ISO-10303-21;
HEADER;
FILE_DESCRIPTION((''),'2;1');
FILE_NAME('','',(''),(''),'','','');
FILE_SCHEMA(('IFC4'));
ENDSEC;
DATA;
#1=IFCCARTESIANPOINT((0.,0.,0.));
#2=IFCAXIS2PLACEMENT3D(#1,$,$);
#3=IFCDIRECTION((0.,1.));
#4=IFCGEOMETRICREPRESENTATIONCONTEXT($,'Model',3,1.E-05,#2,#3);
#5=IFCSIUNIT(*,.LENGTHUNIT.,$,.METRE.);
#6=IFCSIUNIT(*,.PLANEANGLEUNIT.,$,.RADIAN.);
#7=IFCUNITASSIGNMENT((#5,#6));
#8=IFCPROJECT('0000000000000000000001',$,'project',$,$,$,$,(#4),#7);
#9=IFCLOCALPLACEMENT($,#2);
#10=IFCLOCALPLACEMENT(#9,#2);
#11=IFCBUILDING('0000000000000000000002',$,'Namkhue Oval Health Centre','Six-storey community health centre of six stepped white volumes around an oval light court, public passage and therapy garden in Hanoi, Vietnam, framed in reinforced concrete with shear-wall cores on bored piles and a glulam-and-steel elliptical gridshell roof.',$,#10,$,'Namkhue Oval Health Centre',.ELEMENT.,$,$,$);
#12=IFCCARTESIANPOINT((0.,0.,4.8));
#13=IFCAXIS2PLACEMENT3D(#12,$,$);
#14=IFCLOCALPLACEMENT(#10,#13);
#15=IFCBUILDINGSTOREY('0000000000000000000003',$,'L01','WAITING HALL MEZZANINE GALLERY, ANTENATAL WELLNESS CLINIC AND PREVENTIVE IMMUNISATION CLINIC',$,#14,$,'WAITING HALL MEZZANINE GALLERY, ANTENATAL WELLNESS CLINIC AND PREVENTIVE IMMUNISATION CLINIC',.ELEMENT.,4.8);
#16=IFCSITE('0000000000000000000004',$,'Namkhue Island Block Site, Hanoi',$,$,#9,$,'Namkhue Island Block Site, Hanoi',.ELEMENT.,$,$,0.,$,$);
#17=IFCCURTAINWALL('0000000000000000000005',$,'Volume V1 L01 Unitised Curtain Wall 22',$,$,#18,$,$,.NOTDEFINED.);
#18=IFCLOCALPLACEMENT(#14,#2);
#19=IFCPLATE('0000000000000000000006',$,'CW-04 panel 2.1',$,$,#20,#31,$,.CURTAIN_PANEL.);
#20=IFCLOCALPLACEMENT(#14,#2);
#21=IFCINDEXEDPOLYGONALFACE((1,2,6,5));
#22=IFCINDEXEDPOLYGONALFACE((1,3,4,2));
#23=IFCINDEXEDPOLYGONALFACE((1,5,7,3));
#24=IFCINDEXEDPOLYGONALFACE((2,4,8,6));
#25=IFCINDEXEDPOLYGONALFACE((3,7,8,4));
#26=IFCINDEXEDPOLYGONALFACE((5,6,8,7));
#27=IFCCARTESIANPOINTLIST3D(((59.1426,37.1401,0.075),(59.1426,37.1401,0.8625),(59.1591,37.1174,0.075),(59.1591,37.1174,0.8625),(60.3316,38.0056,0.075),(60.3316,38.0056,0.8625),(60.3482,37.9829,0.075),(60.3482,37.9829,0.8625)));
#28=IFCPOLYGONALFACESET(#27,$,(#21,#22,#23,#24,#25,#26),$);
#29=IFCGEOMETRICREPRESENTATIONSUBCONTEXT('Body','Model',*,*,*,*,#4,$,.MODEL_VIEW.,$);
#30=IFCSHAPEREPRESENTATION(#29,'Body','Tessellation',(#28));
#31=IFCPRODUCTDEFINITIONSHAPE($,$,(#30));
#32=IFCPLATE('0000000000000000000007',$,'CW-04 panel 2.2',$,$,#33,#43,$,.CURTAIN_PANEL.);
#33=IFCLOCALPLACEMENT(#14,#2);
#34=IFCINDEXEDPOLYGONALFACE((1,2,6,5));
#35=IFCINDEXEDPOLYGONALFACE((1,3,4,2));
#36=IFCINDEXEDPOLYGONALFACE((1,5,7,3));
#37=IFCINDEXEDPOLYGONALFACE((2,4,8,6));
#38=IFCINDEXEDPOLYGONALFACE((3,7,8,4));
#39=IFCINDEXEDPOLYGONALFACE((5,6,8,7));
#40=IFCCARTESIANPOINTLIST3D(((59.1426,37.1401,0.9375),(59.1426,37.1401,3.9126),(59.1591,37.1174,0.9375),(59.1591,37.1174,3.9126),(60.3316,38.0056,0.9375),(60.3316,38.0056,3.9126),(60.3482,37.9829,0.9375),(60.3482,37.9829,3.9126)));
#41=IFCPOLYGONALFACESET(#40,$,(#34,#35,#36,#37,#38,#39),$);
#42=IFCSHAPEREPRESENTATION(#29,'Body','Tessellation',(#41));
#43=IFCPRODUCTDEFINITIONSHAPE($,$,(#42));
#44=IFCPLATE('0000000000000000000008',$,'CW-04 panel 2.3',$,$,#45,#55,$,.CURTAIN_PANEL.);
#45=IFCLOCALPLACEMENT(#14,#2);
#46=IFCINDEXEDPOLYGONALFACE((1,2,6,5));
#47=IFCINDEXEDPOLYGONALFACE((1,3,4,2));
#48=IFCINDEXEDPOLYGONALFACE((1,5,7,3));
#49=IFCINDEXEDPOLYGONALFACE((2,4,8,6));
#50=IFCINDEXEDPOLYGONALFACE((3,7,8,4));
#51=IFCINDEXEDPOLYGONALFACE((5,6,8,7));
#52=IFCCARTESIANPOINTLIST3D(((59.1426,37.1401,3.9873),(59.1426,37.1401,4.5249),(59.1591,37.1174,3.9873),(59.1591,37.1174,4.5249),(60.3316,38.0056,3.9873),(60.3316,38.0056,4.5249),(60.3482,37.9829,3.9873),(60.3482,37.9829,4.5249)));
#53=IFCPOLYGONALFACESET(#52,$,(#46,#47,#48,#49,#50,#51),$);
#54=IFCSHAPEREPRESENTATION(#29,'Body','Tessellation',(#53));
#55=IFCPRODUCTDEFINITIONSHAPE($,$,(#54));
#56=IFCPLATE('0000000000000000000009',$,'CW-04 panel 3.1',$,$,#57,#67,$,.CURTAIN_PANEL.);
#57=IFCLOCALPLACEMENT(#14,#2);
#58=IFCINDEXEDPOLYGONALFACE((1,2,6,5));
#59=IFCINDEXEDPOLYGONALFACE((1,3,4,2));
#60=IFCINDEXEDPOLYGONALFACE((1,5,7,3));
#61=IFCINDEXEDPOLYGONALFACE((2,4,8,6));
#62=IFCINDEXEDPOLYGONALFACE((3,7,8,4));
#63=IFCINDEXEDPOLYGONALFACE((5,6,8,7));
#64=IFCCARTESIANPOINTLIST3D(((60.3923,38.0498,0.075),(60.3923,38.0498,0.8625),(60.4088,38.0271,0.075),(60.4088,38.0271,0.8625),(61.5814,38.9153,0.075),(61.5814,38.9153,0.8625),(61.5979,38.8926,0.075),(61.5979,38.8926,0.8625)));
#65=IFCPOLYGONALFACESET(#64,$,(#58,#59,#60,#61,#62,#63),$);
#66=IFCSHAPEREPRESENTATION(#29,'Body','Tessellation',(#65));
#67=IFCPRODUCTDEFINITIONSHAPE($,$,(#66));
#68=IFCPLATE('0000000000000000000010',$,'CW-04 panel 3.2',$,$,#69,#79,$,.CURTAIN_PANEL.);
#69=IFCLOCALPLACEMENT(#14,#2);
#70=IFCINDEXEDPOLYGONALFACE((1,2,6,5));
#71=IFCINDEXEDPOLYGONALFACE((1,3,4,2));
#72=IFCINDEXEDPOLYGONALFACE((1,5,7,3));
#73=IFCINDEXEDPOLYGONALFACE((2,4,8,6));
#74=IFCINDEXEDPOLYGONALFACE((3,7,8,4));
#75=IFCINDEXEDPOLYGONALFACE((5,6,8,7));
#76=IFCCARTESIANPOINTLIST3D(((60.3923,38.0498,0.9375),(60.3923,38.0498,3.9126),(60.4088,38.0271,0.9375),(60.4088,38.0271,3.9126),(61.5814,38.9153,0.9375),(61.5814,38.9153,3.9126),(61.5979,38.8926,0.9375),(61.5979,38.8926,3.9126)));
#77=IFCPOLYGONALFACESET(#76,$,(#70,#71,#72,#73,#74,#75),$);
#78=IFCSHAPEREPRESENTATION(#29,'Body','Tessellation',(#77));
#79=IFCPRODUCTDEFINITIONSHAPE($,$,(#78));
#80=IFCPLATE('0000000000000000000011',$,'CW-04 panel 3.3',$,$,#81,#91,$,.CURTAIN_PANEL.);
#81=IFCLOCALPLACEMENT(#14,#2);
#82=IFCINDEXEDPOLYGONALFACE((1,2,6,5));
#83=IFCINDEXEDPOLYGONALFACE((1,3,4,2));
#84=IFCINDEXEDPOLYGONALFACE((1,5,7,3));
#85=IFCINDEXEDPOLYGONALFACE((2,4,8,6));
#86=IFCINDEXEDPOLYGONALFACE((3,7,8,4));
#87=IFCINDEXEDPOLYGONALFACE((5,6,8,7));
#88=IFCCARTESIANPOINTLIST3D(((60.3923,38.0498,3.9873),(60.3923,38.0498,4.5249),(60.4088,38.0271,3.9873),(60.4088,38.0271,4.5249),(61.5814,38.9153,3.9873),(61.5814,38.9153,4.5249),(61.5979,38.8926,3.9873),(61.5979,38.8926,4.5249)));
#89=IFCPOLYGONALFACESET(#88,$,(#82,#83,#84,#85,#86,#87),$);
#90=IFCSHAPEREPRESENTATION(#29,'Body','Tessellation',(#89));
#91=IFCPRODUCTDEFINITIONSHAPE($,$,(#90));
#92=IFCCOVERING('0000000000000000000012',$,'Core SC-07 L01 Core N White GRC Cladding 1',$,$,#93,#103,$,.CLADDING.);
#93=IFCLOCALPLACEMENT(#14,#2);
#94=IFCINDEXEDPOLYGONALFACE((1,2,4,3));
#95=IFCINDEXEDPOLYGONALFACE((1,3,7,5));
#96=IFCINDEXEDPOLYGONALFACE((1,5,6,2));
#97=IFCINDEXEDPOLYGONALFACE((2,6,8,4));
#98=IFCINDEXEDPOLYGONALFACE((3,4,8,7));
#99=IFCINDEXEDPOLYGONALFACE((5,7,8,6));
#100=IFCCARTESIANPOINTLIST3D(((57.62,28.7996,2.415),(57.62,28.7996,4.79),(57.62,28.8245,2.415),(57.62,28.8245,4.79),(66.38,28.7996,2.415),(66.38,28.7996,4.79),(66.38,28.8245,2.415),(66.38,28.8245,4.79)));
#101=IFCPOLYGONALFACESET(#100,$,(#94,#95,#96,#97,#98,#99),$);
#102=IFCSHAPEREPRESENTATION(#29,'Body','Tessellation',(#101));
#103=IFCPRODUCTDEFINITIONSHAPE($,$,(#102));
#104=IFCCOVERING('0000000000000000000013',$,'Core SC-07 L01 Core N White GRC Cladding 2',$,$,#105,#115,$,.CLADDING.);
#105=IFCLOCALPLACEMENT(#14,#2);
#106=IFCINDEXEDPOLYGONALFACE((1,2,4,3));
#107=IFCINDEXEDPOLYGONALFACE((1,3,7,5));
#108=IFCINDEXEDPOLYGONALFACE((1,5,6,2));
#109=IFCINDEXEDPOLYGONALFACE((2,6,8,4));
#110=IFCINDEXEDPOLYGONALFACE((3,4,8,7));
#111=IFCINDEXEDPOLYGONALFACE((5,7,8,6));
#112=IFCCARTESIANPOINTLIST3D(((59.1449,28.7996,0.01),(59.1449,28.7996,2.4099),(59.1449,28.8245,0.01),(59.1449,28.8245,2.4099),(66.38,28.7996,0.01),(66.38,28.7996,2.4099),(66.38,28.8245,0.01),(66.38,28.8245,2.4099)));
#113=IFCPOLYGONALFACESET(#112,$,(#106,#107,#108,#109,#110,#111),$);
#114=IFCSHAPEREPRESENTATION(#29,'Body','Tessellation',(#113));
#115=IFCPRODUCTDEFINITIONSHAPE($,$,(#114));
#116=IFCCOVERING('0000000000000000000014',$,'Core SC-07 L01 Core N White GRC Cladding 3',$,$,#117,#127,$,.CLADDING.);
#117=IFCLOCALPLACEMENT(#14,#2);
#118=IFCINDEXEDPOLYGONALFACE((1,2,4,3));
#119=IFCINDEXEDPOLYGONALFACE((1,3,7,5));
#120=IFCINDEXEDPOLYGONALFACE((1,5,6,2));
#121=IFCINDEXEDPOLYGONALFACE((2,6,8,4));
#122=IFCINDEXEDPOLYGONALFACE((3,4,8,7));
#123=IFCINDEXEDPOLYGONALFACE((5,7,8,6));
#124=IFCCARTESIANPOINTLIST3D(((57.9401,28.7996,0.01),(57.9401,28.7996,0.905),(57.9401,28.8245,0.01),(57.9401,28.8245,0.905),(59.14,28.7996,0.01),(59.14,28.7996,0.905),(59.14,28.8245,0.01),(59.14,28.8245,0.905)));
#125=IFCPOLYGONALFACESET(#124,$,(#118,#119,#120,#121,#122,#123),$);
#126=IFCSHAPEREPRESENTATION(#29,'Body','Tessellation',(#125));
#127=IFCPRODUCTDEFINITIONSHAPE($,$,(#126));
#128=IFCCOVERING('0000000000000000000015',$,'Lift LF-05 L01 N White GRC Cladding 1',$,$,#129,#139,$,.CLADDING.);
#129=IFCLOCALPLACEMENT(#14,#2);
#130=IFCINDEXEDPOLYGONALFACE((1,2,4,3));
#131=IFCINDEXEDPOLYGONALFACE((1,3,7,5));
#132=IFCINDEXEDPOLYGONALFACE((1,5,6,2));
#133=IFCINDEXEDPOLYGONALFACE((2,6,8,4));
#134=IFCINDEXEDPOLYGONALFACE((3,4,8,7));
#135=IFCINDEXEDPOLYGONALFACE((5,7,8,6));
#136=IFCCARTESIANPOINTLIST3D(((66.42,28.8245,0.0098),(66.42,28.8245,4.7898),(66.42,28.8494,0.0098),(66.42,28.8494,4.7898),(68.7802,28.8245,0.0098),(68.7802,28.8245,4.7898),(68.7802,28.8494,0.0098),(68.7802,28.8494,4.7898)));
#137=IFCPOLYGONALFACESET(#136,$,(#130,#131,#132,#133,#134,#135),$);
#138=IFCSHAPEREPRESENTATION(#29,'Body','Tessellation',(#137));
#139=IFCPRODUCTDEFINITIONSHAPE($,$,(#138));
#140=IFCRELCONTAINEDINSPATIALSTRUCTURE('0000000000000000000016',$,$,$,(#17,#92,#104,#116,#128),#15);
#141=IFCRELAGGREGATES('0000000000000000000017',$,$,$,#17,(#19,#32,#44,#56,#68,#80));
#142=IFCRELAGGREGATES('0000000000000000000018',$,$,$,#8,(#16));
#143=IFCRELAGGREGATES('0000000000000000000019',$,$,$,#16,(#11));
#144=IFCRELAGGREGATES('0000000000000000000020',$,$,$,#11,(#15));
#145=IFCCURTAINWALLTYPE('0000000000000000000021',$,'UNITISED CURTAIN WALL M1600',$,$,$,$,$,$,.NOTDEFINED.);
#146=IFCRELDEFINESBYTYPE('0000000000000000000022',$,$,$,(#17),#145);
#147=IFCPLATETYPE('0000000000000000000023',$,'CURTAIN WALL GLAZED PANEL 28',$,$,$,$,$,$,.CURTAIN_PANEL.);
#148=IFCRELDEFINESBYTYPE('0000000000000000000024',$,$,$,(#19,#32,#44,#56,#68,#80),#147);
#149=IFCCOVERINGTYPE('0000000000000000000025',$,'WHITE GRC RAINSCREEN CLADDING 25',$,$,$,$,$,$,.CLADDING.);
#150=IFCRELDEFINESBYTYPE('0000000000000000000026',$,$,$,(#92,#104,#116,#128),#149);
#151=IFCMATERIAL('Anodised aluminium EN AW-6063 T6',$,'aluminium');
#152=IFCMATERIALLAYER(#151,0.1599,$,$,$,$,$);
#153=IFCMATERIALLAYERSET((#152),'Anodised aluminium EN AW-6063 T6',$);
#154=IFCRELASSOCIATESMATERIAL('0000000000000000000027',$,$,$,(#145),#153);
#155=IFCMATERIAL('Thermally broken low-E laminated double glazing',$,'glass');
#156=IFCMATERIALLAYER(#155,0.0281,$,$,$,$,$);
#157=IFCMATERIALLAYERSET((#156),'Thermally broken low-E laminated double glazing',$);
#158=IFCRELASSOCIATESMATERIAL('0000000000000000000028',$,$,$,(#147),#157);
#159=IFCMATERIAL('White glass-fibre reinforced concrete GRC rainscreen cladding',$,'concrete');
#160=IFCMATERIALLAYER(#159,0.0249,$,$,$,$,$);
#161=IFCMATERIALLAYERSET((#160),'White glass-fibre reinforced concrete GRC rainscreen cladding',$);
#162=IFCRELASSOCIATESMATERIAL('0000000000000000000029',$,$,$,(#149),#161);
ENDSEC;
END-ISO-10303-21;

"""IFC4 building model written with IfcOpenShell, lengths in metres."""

from ifc_helpers import new_model, si_unit, direction, frame, origin, origin_2d, place, context, subcontext, project, spatial, rectangle, extrude, material, layer, layer_set, type_object, element, aggregate, save


model = new_model("IFC4")

# Units and contexts
model_context = context("Model", 3, precision=1e-05, world=origin(), true_north=direction((0.0, 1.0)))
body_context = subcontext(model_context, "Body", "Model", "MODEL_VIEW")
ifc_project = project(units=[si_unit("LENGTHUNIT", "METRE"), si_unit("PLANEANGLEUNIT", "RADIAN")], contexts=[model_context])

# Site, building, storey
site_placement = place(None, origin())
site = spatial("IfcSite", under=ifc_project, at=site_placement, Name="Namkhue Island Block Site, Hanoi", LongName="Namkhue Island Block Site, Hanoi", CompositionType="ELEMENT", RefElevation=0.0)
building_placement = place(site_placement, origin())
building = spatial("IfcBuilding", under=site, at=building_placement, Name="Namkhue Oval Health Centre", Description="Six-storey community health centre of six stepped white volumes around an oval light court, public passage and therapy garden in Hanoi, Vietnam, framed in reinforced concrete with shear-wall cores on bored piles and a glulam-and-steel elliptical gridshell roof.", LongName="Namkhue Oval Health Centre", CompositionType="ELEMENT")
storey_placement = place(building_placement, frame((0.0, 0.0, 4.8)))
storey = spatial("IfcBuildingStorey", under=building, at=storey_placement, Name="L01", Description="WAITING HALL MEZZANINE GALLERY, ANTENATAL WELLNESS CLINIC AND PREVENTIVE IMMUNISATION CLINIC", LongName="WAITING HALL MEZZANINE GALLERY, ANTENATAL WELLNESS CLINIC AND PREVENTIVE IMMUNISATION CLINIC", CompositionType="ELEMENT", Elevation=4.8)

# Curtain wall, plates
ifc_material_1 = material(Name="Anodised aluminium EN AW-6063 T6", Category="aluminium")
ifc_layer_1 = layer(ifc_material_1, 0.1599)
ifc_layer_set_1 = layer_set([ifc_layer_1], Name="Anodised aluminium EN AW-6063 T6")
curtain_wall_type = type_object("IfcCurtainWallType", Name="UNITISED CURTAIN WALL M1600", PredefinedType="NOTDEFINED", material=ifc_layer_set_1)
curtain_wall_placement = place(storey_placement, origin())
curtain_wall = element("IfcCurtainWall", 1, at=curtain_wall_placement, inside=storey, type_object=curtain_wall_type, Name="Volume V1 L01 Unitised Curtain Wall 22", PredefinedType="NOTDEFINED")
ifc_material_2 = material(Name="Thermally broken low-E laminated double glazing", Category="glass")
ifc_layer_2 = layer(ifc_material_2, 0.0281)
ifc_layer_set_2 = layer_set([ifc_layer_2], Name="Thermally broken low-E laminated double glazing")
plate_type = type_object("IfcPlateType", Name="CURTAIN WALL GLAZED PANEL 28", PredefinedType="CURTAIN_PANEL", material=ifc_layer_set_2)
plate_1_placement = place(storey_placement, frame((59.7454, 37.5615, 0.075), z_axis=(0.0, 0.0, 1.0), x_axis=(0.808514, 0.588477, 0.0)))
plate_1 = element("IfcPlate", 2, at=plate_1_placement, type_object=plate_type, Name="CW-04 panel 2.1", PredefinedType="CURTAIN_PANEL", context=body_context, shape_type="SweptSolid", body=[
    extrude(rectangle(XDim=1.4707, YDim=0.0281, at=origin_2d()), origin(), (0.0, 0.0, 1.0), 0.7876),
])
plate_2_placement = place(storey_placement, frame((59.7454, 37.5615, 0.9375), z_axis=(0.0, 0.0, 1.0), x_axis=(0.808514, 0.588477, 0.0)))
plate_2 = element("IfcPlate", 3, at=plate_2_placement, type_object=plate_type, Name="CW-04 panel 2.2", PredefinedType="CURTAIN_PANEL", context=body_context, shape_type="SweptSolid", body=[
    extrude(rectangle(XDim=1.4707, YDim=0.0281, at=origin_2d()), origin(), (0.0, 0.0, 1.0), 2.9751),
])
plate_3_placement = place(storey_placement, frame((59.7454, 37.5615, 3.9873), z_axis=(0.0, 0.0, 1.0), x_axis=(0.808514, 0.588477, 0.0)))
plate_3 = element("IfcPlate", 4, at=plate_3_placement, type_object=plate_type, Name="CW-04 panel 2.3", PredefinedType="CURTAIN_PANEL", context=body_context, shape_type="SweptSolid", body=[
    extrude(rectangle(XDim=1.4707, YDim=0.0281, at=origin_2d()), origin(), (0.0, 0.0, 1.0), 0.5376),
])
plate_4_placement = place(storey_placement, frame((60.9951, 38.4712, 0.075), z_axis=(0.0, 0.0, 1.0), x_axis=(0.808514, 0.588477, 0.0)))
plate_4 = element("IfcPlate", 5, at=plate_4_placement, type_object=plate_type, Name="CW-04 panel 3.1", PredefinedType="CURTAIN_PANEL", context=body_context, shape_type="SweptSolid", body=[
    extrude(rectangle(XDim=1.4707, YDim=0.0281, at=origin_2d()), origin(), (0.0, 0.0, 1.0), 0.7876),
])
plate_5_placement = place(storey_placement, frame((60.9951, 38.4712, 0.9375), z_axis=(0.0, 0.0, 1.0), x_axis=(0.808514, 0.588477, 0.0)))
plate_5 = element("IfcPlate", 6, at=plate_5_placement, type_object=plate_type, Name="CW-04 panel 3.2", PredefinedType="CURTAIN_PANEL", context=body_context, shape_type="SweptSolid", body=[
    extrude(rectangle(XDim=1.4707, YDim=0.0281, at=origin_2d()), origin(), (0.0, 0.0, 1.0), 2.9751),
])
plate_6_placement = place(storey_placement, frame((60.9951, 38.4712, 3.9873), z_axis=(0.0, 0.0, 1.0), x_axis=(0.808514, 0.588477, 0.0)))
plate_6 = element("IfcPlate", 7, at=plate_6_placement, type_object=plate_type, Name="CW-04 panel 3.3", PredefinedType="CURTAIN_PANEL", context=body_context, shape_type="SweptSolid", body=[
    extrude(rectangle(XDim=1.4707, YDim=0.0281, at=origin_2d()), origin(), (0.0, 0.0, 1.0), 0.5376),
])
aggregate(curtain_wall, [plate_1, plate_2, plate_3, plate_4, plate_5, plate_6])

# Coverings
ifc_material_3 = material(Name="White glass-fibre reinforced concrete GRC rainscreen cladding", Category="concrete")
ifc_layer_3 = layer(ifc_material_3, 0.0249)
ifc_layer_set_3 = layer_set([ifc_layer_3], Name="White glass-fibre reinforced concrete GRC rainscreen cladding")
covering_type = type_object("IfcCoveringType", Name="WHITE GRC RAINSCREEN CLADDING 25", PredefinedType="CLADDING", material=ifc_layer_set_3)
covering_1_placement = place(storey_placement, frame((62.0, 28.812, 2.415), z_axis=(0.0, 0.0, 1.0), x_axis=(-1.0, 0.0, 0.0)))
element("IfcCovering", 8, at=covering_1_placement, inside=storey, type_object=covering_type, Name="Core SC-07 L01 Core N White GRC Cladding 1", PredefinedType="CLADDING", context=body_context, shape_type="SweptSolid", body=[
    extrude(rectangle(XDim=8.76, YDim=0.0249, at=origin_2d()), origin(), (0.0, 0.0, 1.0), 2.375),
])
covering_2_placement = place(storey_placement, frame((62.7625, 28.812, 0.01), z_axis=(0.0, 0.0, 1.0), x_axis=(-1.0, 0.0, 0.0)))
element("IfcCovering", 9, at=covering_2_placement, inside=storey, type_object=covering_type, Name="Core SC-07 L01 Core N White GRC Cladding 2", PredefinedType="CLADDING", context=body_context, shape_type="SweptSolid", body=[
    extrude(rectangle(XDim=7.2351, YDim=0.0249, at=origin_2d()), origin(), (0.0, 0.0, 1.0), 2.3999),
])
covering_3_placement = place(storey_placement, frame((58.54, 28.812, 0.01), z_axis=(0.0, 0.0, 1.0), x_axis=(-1.0, 0.0, 0.0)))
element("IfcCovering", 10, at=covering_3_placement, inside=storey, type_object=covering_type, Name="Core SC-07 L01 Core N White GRC Cladding 3", PredefinedType="CLADDING", context=body_context, shape_type="SweptSolid", body=[
    extrude(rectangle(XDim=1.2, YDim=0.0249, at=origin_2d()), origin(), (0.0, 0.0, 1.0), 0.895),
])
covering_4_placement = place(storey_placement, frame((67.6001, 28.8369, 0.0098), z_axis=(0.0, 0.0, 1.0), x_axis=(-1.0, 0.0, 0.0)))
element("IfcCovering", 11, at=covering_4_placement, inside=storey, type_object=covering_type, Name="Lift LF-05 L01 N White GRC Cladding 1", PredefinedType="CLADDING", context=body_context, shape_type="SweptSolid", body=[
    extrude(rectangle(XDim=2.3601, YDim=0.0249, at=origin_2d()), origin(), (0.0, 0.0, 1.0), 4.78),
])

save(model, "model.ifc")
